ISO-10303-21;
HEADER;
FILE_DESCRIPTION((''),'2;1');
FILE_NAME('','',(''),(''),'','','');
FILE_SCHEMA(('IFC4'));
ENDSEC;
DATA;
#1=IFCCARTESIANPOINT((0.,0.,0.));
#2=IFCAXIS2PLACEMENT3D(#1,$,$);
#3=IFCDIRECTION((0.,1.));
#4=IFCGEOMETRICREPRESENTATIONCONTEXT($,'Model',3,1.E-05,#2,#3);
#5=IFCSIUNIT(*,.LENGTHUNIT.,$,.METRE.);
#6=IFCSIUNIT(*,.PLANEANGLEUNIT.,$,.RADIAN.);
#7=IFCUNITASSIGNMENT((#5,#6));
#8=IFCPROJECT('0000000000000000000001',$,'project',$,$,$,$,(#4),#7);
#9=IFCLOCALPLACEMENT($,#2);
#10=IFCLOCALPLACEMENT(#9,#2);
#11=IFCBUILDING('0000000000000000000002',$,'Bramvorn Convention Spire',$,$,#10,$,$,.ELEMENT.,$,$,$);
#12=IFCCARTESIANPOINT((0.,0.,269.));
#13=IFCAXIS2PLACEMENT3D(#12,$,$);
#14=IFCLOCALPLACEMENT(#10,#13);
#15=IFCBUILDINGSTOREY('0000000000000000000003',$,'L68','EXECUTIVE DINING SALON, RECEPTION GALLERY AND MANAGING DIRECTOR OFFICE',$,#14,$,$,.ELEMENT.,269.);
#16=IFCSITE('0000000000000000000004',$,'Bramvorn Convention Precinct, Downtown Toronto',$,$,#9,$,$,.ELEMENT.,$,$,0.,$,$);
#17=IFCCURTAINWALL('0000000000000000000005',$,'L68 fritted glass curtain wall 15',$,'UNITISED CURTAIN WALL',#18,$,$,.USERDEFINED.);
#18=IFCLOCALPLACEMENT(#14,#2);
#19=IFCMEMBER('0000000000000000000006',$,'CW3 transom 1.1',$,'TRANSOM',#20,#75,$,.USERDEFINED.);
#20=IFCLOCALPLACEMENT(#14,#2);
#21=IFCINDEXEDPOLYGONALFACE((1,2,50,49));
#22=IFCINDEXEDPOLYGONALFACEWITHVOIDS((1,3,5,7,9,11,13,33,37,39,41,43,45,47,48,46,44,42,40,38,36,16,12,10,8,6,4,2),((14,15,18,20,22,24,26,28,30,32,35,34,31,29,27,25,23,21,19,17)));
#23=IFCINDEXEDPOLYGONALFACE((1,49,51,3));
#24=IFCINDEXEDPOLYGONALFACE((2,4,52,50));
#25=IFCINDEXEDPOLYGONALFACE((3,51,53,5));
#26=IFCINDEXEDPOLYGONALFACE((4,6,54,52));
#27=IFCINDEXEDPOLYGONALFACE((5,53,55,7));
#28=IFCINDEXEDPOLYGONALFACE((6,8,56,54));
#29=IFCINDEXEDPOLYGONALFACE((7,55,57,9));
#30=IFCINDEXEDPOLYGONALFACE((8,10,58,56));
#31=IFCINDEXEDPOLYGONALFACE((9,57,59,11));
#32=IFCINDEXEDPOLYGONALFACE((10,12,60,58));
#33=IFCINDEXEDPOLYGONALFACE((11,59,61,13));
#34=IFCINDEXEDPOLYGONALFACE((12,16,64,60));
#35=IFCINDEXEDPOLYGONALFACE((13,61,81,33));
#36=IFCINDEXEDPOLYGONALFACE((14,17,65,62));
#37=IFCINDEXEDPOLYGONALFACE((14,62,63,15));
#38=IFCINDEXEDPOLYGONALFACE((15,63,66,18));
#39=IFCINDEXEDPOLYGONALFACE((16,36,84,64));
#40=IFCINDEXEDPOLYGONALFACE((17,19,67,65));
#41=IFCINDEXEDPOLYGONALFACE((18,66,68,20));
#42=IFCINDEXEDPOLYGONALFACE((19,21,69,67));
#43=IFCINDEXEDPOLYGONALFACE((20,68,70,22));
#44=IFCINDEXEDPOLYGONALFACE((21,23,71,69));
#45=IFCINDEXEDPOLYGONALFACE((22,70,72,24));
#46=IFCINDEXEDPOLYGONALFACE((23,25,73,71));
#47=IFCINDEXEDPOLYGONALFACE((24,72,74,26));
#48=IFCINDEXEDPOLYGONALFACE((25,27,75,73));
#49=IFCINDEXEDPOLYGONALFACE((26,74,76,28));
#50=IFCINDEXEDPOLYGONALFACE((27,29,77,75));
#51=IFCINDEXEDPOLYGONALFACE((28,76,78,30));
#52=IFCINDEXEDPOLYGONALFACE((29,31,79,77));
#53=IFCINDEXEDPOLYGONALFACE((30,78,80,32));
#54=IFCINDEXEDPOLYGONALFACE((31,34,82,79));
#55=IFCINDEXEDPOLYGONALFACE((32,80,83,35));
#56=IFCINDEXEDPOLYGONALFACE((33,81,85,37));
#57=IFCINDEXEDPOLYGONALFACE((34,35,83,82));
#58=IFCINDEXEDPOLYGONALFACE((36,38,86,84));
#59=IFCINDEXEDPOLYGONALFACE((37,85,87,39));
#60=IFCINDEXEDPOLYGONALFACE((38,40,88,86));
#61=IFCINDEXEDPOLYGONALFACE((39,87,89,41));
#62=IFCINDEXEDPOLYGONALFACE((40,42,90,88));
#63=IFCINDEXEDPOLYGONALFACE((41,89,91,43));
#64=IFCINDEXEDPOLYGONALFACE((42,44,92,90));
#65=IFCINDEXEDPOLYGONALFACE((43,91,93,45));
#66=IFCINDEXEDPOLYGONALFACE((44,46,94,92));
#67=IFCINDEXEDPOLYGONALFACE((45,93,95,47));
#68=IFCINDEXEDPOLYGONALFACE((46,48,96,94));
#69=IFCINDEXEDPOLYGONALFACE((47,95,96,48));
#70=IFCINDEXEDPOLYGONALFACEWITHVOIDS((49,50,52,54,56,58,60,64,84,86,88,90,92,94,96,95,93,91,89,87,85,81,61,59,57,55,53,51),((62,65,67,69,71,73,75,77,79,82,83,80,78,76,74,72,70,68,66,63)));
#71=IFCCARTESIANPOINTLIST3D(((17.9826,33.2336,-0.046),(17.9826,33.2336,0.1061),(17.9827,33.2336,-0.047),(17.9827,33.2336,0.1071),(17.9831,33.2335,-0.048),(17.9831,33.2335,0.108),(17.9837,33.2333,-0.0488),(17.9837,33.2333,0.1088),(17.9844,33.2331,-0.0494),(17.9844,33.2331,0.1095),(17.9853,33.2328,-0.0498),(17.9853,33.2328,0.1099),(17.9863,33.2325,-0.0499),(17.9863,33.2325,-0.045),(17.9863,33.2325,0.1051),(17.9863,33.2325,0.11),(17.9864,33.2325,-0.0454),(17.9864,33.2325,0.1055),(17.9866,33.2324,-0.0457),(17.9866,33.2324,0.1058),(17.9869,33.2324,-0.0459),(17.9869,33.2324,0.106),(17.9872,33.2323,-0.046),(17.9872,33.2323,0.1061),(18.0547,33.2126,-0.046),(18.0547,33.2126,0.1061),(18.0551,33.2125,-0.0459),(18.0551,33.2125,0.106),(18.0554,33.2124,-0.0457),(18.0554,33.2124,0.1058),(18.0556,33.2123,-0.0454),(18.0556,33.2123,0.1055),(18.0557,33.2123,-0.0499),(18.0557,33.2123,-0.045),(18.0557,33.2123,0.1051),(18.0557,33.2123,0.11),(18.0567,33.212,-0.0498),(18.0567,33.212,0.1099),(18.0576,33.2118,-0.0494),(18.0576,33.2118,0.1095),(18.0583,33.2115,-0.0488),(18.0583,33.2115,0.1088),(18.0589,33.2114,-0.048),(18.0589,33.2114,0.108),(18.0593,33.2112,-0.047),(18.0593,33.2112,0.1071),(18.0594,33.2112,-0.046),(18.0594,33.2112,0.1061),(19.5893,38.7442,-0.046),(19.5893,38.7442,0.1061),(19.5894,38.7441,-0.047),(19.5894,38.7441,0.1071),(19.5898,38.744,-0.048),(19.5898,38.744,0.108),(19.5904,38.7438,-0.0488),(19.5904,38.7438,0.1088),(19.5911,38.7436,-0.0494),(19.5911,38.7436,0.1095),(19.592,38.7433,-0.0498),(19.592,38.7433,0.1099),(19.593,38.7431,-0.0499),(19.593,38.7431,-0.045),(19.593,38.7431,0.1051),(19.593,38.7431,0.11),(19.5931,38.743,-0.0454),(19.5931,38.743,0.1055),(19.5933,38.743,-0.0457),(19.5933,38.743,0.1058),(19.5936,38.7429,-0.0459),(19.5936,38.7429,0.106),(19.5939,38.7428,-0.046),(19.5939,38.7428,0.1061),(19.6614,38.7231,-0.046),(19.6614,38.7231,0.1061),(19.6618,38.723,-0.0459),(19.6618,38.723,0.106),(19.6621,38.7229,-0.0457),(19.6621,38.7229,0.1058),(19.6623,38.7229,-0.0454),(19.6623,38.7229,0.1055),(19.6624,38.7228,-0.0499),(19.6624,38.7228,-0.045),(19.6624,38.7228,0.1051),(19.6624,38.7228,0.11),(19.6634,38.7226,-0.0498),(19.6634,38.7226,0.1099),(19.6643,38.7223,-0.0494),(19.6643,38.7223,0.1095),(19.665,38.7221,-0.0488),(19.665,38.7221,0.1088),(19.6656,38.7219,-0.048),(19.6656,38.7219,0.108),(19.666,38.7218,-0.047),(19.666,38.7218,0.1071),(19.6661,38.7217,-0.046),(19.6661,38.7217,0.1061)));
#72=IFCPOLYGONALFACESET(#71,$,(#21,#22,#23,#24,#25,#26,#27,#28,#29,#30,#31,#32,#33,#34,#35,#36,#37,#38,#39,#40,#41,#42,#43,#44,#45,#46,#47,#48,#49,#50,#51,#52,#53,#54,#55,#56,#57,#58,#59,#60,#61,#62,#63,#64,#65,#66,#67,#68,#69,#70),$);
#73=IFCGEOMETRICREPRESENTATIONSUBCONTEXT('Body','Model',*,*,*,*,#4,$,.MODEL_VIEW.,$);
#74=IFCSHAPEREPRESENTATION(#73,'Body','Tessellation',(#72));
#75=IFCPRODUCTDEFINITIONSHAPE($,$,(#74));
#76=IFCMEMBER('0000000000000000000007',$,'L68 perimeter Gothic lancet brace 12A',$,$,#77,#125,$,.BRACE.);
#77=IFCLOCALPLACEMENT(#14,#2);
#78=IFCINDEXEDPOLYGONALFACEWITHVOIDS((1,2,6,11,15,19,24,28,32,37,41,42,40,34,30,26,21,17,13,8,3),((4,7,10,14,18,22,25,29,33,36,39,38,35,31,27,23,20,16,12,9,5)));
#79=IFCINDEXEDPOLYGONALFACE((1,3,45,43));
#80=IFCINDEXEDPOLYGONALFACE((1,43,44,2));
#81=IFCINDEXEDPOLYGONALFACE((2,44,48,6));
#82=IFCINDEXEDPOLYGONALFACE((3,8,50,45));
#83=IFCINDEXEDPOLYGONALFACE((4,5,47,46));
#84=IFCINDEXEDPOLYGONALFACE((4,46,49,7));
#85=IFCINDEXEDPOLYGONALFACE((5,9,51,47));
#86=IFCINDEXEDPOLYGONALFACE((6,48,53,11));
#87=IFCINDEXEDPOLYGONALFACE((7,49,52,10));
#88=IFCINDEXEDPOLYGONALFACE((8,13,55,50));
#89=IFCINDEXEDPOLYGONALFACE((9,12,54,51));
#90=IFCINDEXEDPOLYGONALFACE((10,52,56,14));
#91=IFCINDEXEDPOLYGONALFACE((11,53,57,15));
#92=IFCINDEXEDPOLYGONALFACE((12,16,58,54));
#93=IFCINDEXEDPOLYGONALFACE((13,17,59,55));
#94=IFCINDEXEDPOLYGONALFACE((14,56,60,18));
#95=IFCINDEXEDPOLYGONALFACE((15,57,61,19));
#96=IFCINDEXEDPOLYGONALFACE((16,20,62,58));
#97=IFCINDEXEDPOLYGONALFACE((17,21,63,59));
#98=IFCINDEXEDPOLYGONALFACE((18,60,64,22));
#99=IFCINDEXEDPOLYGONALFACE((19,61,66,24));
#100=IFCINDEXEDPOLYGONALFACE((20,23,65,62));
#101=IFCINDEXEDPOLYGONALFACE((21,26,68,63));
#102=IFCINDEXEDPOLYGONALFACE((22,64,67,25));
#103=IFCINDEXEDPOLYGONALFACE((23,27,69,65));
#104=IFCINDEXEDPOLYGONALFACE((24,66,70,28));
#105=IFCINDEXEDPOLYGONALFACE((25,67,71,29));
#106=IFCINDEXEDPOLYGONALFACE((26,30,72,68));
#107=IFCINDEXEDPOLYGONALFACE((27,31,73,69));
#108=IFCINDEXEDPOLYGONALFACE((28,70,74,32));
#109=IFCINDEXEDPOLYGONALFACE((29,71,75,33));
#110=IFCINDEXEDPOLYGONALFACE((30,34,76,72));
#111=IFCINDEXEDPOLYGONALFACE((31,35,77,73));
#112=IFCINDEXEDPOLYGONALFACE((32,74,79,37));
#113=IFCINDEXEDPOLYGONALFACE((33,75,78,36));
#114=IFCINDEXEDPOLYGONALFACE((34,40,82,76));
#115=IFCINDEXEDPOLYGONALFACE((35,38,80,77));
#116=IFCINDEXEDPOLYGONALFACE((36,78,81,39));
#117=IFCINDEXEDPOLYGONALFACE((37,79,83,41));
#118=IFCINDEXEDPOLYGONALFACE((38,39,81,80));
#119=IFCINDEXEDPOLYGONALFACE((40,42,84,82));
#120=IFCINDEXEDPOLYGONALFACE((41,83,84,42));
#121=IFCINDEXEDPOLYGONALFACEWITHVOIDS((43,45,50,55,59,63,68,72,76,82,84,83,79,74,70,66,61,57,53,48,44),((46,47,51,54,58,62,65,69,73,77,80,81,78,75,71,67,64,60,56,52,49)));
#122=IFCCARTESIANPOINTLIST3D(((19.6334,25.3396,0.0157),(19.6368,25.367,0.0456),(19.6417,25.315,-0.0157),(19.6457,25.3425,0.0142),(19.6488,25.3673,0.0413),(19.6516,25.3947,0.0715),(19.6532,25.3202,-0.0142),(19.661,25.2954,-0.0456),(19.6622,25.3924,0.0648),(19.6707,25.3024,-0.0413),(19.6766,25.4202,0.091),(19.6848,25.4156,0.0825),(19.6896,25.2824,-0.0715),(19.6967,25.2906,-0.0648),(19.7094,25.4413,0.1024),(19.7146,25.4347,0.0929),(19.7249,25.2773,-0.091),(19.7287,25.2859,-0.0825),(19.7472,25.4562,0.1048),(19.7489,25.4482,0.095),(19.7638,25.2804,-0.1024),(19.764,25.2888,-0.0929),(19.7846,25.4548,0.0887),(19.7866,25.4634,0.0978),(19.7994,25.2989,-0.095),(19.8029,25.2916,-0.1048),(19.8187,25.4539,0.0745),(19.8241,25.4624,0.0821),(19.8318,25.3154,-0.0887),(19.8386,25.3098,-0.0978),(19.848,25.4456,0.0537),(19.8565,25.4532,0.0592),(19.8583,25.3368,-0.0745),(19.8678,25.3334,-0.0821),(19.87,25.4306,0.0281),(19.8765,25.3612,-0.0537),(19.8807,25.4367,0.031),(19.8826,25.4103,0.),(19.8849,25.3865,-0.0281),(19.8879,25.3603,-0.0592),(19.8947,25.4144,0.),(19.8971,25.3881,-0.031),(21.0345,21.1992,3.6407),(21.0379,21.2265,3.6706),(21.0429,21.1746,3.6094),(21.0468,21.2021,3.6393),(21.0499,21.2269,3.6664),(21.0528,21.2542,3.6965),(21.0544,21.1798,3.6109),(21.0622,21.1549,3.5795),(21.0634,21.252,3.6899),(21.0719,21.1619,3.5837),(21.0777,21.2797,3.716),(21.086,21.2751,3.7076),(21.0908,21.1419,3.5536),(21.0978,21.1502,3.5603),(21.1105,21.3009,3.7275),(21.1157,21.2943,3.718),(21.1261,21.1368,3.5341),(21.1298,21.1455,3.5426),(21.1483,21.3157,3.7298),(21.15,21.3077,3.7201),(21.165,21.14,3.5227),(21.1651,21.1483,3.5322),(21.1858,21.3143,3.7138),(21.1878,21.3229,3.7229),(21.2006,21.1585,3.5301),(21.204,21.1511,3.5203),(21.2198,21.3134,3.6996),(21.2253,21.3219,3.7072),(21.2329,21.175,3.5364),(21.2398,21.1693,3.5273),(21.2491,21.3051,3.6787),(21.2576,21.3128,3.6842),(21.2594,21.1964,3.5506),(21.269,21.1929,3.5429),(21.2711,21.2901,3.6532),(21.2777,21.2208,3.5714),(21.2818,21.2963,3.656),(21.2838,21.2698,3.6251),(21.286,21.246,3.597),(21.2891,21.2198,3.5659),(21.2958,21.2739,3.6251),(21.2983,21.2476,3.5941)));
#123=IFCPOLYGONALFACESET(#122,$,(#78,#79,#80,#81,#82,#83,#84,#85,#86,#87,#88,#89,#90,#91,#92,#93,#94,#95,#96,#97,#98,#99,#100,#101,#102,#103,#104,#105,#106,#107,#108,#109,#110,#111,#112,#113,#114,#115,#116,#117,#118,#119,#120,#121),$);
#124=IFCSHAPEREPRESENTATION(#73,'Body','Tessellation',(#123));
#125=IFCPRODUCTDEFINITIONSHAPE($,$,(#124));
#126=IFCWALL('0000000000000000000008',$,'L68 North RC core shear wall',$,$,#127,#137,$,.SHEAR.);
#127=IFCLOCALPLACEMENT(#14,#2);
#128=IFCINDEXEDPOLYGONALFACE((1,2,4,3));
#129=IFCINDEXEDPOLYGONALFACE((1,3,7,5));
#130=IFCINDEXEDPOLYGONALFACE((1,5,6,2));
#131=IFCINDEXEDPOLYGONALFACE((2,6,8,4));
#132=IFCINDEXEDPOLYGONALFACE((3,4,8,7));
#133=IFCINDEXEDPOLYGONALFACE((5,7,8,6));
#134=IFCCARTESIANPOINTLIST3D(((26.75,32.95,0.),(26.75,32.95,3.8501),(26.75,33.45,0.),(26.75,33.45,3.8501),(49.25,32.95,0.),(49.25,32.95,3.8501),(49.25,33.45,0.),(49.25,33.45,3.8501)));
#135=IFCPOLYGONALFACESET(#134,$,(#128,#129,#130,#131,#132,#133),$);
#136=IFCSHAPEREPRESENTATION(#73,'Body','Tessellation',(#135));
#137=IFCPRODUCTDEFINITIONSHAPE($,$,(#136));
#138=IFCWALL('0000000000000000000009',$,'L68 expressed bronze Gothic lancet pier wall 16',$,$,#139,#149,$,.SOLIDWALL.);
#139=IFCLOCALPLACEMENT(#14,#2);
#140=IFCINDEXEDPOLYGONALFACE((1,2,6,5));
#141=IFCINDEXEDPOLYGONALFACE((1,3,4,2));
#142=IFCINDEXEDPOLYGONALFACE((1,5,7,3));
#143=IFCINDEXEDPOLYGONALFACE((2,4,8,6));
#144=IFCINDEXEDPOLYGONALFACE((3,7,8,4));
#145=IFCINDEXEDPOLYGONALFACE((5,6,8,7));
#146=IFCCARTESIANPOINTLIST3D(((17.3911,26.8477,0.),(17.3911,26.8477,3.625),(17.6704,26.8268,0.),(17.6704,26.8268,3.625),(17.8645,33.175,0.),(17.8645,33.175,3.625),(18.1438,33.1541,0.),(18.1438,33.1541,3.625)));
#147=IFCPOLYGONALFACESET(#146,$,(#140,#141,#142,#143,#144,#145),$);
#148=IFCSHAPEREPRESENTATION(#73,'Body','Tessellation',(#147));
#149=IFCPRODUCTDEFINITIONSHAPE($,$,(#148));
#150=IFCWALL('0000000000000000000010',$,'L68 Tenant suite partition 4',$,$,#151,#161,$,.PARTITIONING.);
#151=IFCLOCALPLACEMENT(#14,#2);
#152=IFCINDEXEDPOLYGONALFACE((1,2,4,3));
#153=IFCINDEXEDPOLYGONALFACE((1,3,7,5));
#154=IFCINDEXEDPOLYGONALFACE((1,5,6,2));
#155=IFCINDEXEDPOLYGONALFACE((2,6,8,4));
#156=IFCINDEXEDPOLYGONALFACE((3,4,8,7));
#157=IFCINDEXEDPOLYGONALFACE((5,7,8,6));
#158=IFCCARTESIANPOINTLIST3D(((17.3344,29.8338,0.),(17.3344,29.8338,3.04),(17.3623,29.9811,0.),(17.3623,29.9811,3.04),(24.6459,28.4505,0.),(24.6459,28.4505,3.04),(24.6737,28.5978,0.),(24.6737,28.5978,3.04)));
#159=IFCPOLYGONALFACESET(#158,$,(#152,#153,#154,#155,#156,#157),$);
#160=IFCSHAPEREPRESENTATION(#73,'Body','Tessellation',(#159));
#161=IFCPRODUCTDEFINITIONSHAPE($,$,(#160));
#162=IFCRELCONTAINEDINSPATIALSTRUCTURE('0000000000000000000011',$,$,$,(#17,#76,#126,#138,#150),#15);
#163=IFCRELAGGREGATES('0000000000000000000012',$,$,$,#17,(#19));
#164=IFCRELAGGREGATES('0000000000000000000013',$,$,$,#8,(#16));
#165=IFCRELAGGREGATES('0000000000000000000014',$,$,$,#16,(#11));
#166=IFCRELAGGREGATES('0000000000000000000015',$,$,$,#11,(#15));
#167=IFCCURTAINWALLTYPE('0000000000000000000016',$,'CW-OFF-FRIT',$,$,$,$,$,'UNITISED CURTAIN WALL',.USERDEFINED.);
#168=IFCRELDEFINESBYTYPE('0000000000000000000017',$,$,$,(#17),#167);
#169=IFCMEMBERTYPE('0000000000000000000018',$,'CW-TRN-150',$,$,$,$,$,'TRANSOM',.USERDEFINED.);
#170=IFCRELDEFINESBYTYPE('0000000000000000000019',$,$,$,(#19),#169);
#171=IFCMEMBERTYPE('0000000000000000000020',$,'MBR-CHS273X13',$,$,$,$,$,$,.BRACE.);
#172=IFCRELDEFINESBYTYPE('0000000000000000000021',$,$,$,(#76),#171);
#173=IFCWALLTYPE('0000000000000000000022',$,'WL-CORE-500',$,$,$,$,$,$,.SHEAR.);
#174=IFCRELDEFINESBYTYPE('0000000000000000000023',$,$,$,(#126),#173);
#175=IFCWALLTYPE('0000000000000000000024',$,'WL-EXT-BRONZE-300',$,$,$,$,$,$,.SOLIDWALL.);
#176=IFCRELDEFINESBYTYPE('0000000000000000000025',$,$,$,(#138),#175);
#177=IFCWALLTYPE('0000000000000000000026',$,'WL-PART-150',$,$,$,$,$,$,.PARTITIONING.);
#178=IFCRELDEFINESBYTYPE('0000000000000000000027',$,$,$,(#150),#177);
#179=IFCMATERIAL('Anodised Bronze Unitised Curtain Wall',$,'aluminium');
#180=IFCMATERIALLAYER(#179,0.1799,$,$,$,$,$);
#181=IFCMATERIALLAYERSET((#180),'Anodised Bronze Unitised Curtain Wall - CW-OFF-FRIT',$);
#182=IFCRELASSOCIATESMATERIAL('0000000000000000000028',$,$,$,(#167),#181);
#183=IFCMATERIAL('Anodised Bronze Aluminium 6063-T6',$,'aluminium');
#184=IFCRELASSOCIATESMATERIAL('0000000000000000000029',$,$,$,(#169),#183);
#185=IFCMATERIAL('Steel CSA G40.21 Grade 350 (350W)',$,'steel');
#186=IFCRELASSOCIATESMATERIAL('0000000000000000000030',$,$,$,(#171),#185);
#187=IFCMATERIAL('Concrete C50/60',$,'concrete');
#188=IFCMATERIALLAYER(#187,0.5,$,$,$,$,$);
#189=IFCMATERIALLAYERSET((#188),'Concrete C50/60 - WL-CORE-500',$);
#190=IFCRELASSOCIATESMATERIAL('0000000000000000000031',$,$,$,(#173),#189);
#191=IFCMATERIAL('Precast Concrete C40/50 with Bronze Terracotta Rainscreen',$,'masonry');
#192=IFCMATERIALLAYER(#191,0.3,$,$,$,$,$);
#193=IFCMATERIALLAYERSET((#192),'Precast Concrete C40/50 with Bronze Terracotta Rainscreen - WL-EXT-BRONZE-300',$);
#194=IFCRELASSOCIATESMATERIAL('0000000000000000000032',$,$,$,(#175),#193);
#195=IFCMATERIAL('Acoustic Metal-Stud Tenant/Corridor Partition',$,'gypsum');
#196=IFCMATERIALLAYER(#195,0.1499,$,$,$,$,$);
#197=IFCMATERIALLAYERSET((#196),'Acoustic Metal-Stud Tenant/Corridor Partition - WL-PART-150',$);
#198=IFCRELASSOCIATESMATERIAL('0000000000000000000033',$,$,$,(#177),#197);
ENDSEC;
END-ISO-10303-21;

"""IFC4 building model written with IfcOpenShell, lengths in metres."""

from ifc_helpers import new_model, si_unit, direction, frame, frame_2d, origin, origin_2d, place, context, subcontext, project, spatial, rectangle, hollow_rectangle, hollow_circle, extrude, material, layer, layer_set, material_profile, profile_set, type_object, element, aggregate, save


model = new_model("IFC4")

# Units and contexts
model_context = context("Model", 3, precision=1e-05, world=origin(), true_north=direction((0.0, 1.0)))
body_context = subcontext(model_context, "Body", "Model", "MODEL_VIEW")
ifc_project = project(units=[si_unit("LENGTHUNIT", "METRE"), si_unit("PLANEANGLEUNIT", "RADIAN")], contexts=[model_context])

# Site, building, storey
site_placement = place(None, origin())
site = spatial("IfcSite", under=ifc_project, at=site_placement, Name="Bramvorn Convention Precinct, Downtown Toronto", CompositionType="ELEMENT", RefElevation=0.0)
building_placement = place(site_placement, origin())
building = spatial("IfcBuilding", under=site, at=building_placement, Name="Bramvorn Convention Spire", CompositionType="ELEMENT")
storey_placement = place(building_placement, frame((0.0, 0.0, 269.0)))
storey = spatial("IfcBuildingStorey", under=building, at=storey_placement, Name="L68", Description="EXECUTIVE DINING SALON, RECEPTION GALLERY AND MANAGING DIRECTOR OFFICE", CompositionType="ELEMENT", Elevation=269.0)

# Shared definitions
ifc_material_1 = material(Name="Steel CSA G40.21 Grade 350 (350W)", Category="steel")

# Curtain wall, member
ifc_material_2 = material(Name="Anodised Bronze Unitised Curtain Wall", Category="aluminium")
ifc_layer_1 = layer(ifc_material_2, 0.1799)
ifc_layer_set_1 = layer_set([ifc_layer_1], Name="Anodised Bronze Unitised Curtain Wall - CW-OFF-FRIT")
curtain_wall_type = type_object("IfcCurtainWallType", Name="CW-OFF-FRIT", ElementType="UNITISED CURTAIN WALL", PredefinedType="USERDEFINED", material=ifc_layer_set_1)
curtain_wall_placement = place(storey_placement, origin())
curtain_wall = element("IfcCurtainWall", 1, at=curtain_wall_placement, inside=storey, type_object=curtain_wall_type, Name="L68 fritted glass curtain wall 15", ObjectType="UNITISED CURTAIN WALL", PredefinedType="USERDEFINED")
ifc_material_3 = material(Name="Anodised Bronze Aluminium 6063-T6", Category="aluminium")
ifc_material_profile_1 = material_profile(ifc_material_3, hollow_rectangle(XDim=0.0801, YDim=0.1599, WallThickness=0.0039, InnerFilletRadius=0.001, OuterFilletRadius=0.0039, at=origin_2d()))
ifc_profile_set_1 = profile_set([ifc_material_profile_1], Name="Anodised Bronze Aluminium 6063-T6 - CWT80X160")
member_type_1 = type_object("IfcMemberType", Name="CW-TRN-150", ElementType="TRANSOM", PredefinedType="USERDEFINED", material=ifc_profile_set_1)
member_1_placement = place(storey_placement, frame((18.021, 33.2224, 0.03), z_axis=(0.279913, 0.960025, 0.0), x_axis=(-0.960025, 0.279913, 0.0)))
member_1 = element("IfcMember", 2, at=member_1_placement, type_object=member_type_1, Name="CW3 transom 1.1", ObjectType="TRANSOM", PredefinedType="USERDEFINED", context=body_context, shape_type="SweptSolid", body=[
    extrude(hollow_rectangle(XDim=0.0801, YDim=0.1599, WallThickness=0.0039, InnerFilletRadius=0.001, OuterFilletRadius=0.0039, at=origin_2d()), origin(), (0.0, 0.0, 1.0), 5.74),
])
aggregate(curtain_wall, [member_1])

# Member
ifc_material_profile_2 = material_profile(ifc_material_1, hollow_circle(Radius=0.1365, WallThickness=0.0127, at=origin_2d()))
ifc_profile_set_2 = profile_set([ifc_material_profile_2], Name="Steel CSA G40.21 Grade 350 (350W) - CHS273X13")
member_type_2 = type_object("IfcMemberType", Name="MBR-CHS273X13", PredefinedType="BRACE", material=ifc_profile_set_2)
member_2_placement = place(storey_placement, frame((19.7654, 25.3706, 0.0), z_axis=(0.246737, -0.72912, 0.638361), x_axis=(0.947232, 0.320548, 0.0)))
element("IfcMember", 3, at=member_2_placement, inside=storey, type_object=member_type_2, Name="L68 perimeter Gothic lancet brace 12A", PredefinedType="BRACE", context=body_context, shape_type="SweptSolid", body=[
    extrude(hollow_circle(Radius=0.1365, WallThickness=0.0127, at=origin_2d()), origin(), (0.0, 0.0, 1.0), 5.6787),
])

# Wall
ifc_material_4 = material(Name="Concrete C50/60", Category="concrete")
ifc_layer_2 = layer(ifc_material_4, 0.5)
ifc_layer_set_2 = layer_set([ifc_layer_2], Name="Concrete C50/60 - WL-CORE-500")
wall_type_1 = type_object("IfcWallType", Name="WL-CORE-500", PredefinedType="SHEAR", material=ifc_layer_set_2)
wall_1_placement = place(storey_placement, frame((26.75, 33.2, 0.0), z_axis=(0.0, 0.0, 1.0), x_axis=(1.0, 0.0, 0.0)))
element("IfcWall", 4, at=wall_1_placement, inside=storey, type_object=wall_type_1, Name="L68 North RC core shear wall", PredefinedType="SHEAR", context=body_context, shape_type="SweptSolid", body=[
    extrude(rectangle(XDim=22.5, YDim=0.5, at=frame_2d((11.25, 0.0))), origin(), (0.0, 0.0, 1.0), 3.8501),
])

# Walls
ifc_material_5 = material(Name="Precast Concrete C40/50 with Bronze Terracotta Rainscreen", Category="masonry")
ifc_layer_3 = layer(ifc_material_5, 0.3)
ifc_layer_set_3 = layer_set([ifc_layer_3], Name="Precast Concrete C40/50 with Bronze Terracotta Rainscreen - WL-EXT-BRONZE-300")
wall_type_2 = type_object("IfcWallType", Name="WL-EXT-BRONZE-300", PredefinedType="SOLIDWALL", material=ifc_layer_set_3)
wall_2_placement = place(storey_placement, frame((17.5308, 26.8374, 0.0), z_axis=(0.0, 0.0, 1.0), x_axis=(0.074607, 0.997213, 0.0)))
element("IfcWall", 5, at=wall_2_placement, inside=storey, type_object=wall_type_2, Name="L68 expressed bronze Gothic lancet pier wall 16", PredefinedType="SOLIDWALL", context=body_context, shape_type="SweptSolid", body=[
    extrude(rectangle(XDim=6.345, YDim=0.28, at=frame_2d((3.1724, 0.0))), origin(), (0.0, 0.0, 1.0), 3.625),
])
ifc_material_6 = material(Name="Acoustic Metal-Stud Tenant/Corridor Partition", Category="gypsum")
ifc_layer_4 = layer(ifc_material_6, 0.1499)
ifc_layer_set_4 = layer_set([ifc_layer_4], Name="Acoustic Metal-Stud Tenant/Corridor Partition - WL-PART-150")
wall_type_3 = type_object("IfcWallType", Name="WL-PART-150", PredefinedType="PARTITIONING", material=ifc_layer_set_4)
wall_3_placement = place(storey_placement, frame((24.6599, 28.5242, 0.0), z_axis=(0.0, 0.0, 1.0), x_axis=(-0.982569, 0.185897, 0.0)))
element("IfcWall", 6, at=wall_3_placement, inside=storey, type_object=wall_type_3, Name="L68 Tenant suite partition 4", PredefinedType="PARTITIONING", context=body_context, shape_type="SweptSolid", body=[
    extrude(rectangle(XDim=7.4412, YDim=0.1499, at=frame_2d((3.7207, 0.0))), origin(), (0.0, 0.0, 1.0), 3.04),
])

save(model, "model.ifc")
